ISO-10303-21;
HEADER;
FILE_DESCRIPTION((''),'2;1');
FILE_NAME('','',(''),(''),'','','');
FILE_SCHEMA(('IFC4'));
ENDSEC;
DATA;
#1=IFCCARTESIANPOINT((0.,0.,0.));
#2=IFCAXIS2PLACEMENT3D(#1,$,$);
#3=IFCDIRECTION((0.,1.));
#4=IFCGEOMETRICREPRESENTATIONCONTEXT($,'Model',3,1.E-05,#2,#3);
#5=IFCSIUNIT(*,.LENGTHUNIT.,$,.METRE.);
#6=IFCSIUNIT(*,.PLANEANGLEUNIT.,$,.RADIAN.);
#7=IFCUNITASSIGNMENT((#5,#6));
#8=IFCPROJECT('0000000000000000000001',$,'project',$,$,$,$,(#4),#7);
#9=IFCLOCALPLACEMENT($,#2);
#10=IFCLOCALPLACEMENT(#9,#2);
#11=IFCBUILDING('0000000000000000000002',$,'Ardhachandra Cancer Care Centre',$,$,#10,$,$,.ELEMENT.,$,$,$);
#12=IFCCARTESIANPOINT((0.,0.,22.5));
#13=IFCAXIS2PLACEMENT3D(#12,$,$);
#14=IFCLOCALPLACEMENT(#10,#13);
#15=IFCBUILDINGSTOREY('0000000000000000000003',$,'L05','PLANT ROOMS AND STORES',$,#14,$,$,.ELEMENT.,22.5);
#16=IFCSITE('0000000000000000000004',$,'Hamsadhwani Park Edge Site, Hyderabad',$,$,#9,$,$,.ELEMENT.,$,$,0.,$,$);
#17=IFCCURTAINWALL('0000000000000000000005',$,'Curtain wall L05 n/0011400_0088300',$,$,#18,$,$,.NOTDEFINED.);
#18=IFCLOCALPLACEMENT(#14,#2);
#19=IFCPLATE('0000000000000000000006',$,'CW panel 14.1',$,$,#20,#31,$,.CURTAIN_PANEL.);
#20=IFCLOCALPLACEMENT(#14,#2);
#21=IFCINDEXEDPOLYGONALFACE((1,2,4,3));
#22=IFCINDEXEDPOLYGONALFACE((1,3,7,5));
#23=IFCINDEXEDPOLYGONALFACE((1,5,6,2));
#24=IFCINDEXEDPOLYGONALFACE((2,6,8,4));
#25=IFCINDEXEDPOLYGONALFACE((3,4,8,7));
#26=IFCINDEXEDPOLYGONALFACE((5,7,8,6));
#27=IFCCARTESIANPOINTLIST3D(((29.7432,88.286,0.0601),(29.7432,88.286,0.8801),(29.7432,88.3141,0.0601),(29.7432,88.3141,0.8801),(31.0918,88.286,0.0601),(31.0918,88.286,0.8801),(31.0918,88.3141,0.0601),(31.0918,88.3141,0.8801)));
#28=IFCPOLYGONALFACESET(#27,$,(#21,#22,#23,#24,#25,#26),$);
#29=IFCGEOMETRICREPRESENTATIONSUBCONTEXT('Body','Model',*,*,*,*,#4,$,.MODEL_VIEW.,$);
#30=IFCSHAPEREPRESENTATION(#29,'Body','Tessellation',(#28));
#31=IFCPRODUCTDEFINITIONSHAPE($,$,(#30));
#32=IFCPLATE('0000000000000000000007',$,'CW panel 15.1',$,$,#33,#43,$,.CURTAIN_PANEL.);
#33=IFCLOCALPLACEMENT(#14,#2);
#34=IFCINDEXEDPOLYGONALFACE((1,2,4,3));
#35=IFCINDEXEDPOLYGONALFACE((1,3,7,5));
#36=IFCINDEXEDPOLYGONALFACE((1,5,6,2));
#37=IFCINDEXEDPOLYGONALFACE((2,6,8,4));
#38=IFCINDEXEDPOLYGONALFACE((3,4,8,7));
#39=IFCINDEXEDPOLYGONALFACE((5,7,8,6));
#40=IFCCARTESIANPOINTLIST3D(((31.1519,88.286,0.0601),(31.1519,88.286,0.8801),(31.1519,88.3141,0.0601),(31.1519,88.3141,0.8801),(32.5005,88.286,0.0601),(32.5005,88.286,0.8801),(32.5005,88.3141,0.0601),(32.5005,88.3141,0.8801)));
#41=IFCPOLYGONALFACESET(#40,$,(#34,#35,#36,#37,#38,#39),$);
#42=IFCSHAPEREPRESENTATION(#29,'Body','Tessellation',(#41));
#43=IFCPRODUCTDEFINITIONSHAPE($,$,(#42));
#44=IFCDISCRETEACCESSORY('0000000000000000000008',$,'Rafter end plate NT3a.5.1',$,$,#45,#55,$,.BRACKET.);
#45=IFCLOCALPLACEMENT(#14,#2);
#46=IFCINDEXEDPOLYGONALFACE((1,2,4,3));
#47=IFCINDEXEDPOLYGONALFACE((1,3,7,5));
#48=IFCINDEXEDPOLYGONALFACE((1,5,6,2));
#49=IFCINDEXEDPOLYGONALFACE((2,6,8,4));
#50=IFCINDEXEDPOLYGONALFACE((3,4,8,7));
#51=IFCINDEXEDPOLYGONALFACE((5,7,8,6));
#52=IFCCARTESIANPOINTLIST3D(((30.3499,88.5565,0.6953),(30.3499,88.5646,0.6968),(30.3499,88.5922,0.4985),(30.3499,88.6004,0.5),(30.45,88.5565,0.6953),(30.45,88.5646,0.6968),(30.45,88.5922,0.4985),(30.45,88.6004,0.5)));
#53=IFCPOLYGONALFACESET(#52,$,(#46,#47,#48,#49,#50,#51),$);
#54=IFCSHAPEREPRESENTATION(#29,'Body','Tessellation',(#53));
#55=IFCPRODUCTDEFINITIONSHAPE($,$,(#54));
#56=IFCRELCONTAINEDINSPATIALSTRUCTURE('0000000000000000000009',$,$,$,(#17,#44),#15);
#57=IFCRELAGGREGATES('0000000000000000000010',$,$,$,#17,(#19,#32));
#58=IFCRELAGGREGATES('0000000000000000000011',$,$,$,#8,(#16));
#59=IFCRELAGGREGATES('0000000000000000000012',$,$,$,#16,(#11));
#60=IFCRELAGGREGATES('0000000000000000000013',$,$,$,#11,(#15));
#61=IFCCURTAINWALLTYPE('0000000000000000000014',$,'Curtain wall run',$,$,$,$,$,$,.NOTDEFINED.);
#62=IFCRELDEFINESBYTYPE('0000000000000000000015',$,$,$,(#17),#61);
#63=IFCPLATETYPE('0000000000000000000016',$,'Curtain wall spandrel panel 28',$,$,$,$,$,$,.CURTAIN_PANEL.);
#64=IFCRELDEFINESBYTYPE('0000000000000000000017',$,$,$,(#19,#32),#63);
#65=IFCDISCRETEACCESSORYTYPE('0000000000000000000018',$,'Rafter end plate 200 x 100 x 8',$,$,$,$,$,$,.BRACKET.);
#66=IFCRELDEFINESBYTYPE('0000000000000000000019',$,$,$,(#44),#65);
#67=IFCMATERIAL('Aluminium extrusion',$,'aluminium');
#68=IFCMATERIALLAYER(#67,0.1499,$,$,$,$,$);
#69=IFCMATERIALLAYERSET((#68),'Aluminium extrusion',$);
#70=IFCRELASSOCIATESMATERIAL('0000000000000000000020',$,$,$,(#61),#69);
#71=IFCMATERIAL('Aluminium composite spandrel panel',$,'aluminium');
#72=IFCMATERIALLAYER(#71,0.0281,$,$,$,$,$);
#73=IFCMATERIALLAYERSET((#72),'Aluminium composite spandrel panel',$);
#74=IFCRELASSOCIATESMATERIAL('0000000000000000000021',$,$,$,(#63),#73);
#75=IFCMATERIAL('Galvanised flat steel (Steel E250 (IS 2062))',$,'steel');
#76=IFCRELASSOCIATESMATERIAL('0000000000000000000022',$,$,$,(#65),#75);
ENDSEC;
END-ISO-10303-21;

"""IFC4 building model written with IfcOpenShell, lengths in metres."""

from ifc_helpers import new_model, si_unit, direction, frame, origin, origin_2d, place, context, subcontext, project, spatial, rectangle, extrude, material, layer, layer_set, material_profile, profile_set, type_object, element, aggregate, save


model = new_model("IFC4")

# Units and contexts
model_context = context("Model", 3, precision=1e-05, world=origin(), true_north=direction((0.0, 1.0)))
body_context = subcontext(model_context, "Body", "Model", "MODEL_VIEW")
ifc_project = project(units=[si_unit("LENGTHUNIT", "METRE"), si_unit("PLANEANGLEUNIT", "RADIAN")], contexts=[model_context])

# Site, building, storey
site_placement = place(None, origin())
site = spatial("IfcSite", under=ifc_project, at=site_placement, Name="Hamsadhwani Park Edge Site, Hyderabad", CompositionType="ELEMENT", RefElevation=0.0)
building_placement = place(site_placement, origin())
building = spatial("IfcBuilding", under=site, at=building_placement, Name="Ardhachandra Cancer Care Centre", CompositionType="ELEMENT")
storey_placement = place(building_placement, frame((0.0, 0.0, 22.5)))
storey = spatial("IfcBuildingStorey", under=building, at=storey_placement, Name="L05", Description="PLANT ROOMS AND STORES", CompositionType="ELEMENT", Elevation=22.5)

# Curtain wall
ifc_material_1 = material(Name="Aluminium extrusion", Category="aluminium")
ifc_layer_1 = layer(ifc_material_1, 0.1499)
ifc_layer_set_1 = layer_set([ifc_layer_1], Name="Aluminium extrusion")
curtain_wall_type = type_object("IfcCurtainWallType", Name="Curtain wall run", PredefinedType="NOTDEFINED", material=ifc_layer_set_1)
curtain_wall_placement = place(storey_placement, origin())
curtain_wall = element("IfcCurtainWall", 1, at=curtain_wall_placement, inside=storey, type_object=curtain_wall_type, Name="Curtain wall L05 n/0011400_0088300", PredefinedType="NOTDEFINED")

# Plates
ifc_material_2 = material(Name="Aluminium composite spandrel panel", Category="aluminium")
ifc_layer_2 = layer(ifc_material_2, 0.0281)
ifc_layer_set_2 = layer_set([ifc_layer_2], Name="Aluminium composite spandrel panel")
plate_type_1 = type_object("IfcPlateType", Name="Curtain wall spandrel panel 28", PredefinedType="CURTAIN_PANEL", material=ifc_layer_set_2)
plate_1_placement = place(storey_placement, frame((30.4175, 88.3, 0.0601), z_axis=(0.0, 0.0, 1.0), x_axis=(1.0, 0.0, 0.0)))
plate_1 = element("IfcPlate", 2, at=plate_1_placement, type_object=plate_type_1, Name="CW panel 14.1", PredefinedType="CURTAIN_PANEL", context=body_context, shape_type="SweptSolid", body=[
    extrude(rectangle(XDim=1.3486, YDim=0.0281, at=origin_2d()), origin(), (0.0, 0.0, 1.0), 0.8201),
])
plate_2_placement = place(storey_placement, frame((31.8262, 88.3, 0.0601), z_axis=(0.0, 0.0, 1.0), x_axis=(1.0, 0.0, 0.0)))
plate_2 = element("IfcPlate", 3, at=plate_2_placement, type_object=plate_type_1, Name="CW panel 15.1", PredefinedType="CURTAIN_PANEL", context=body_context, shape_type="SweptSolid", body=[
    extrude(rectangle(XDim=1.3486, YDim=0.0281, at=origin_2d()), origin(), (0.0, 0.0, 1.0), 0.8201),
])
aggregate(curtain_wall, [plate_1, plate_2])

# Discrete accessory
ifc_material_3 = material(Name="Galvanised flat steel (Steel E250 (IS 2062))", Category="steel")
ifc_material_profile_1 = material_profile(ifc_material_3, rectangle(XDim=0.1001, YDim=0.2, at=origin_2d()), Name="Rafter end plate 200 x 100 x 8")
ifc_profile_set_1 = profile_set([ifc_material_profile_1], Name="Galvanised flat steel (Steel E250 (IS 2062))")
discrete_accessory_type = type_object("IfcDiscreteAccessoryType", Name="Rafter end plate 200 x 100 x 8", PredefinedType="BRACKET", material=ifc_profile_set_1)
discrete_accessory_placement = place(storey_placement, frame((30.3999, 88.5825, 0.5984), z_axis=(0.0, -0.98387, -0.178885), x_axis=(1.0, 0.0, 0.0)))
element("IfcDiscreteAccessory", 4, at=discrete_accessory_placement, inside=storey, type_object=discrete_accessory_type, Name="Rafter end plate NT3a.5.1", PredefinedType="BRACKET", context=body_context, shape_type="SweptSolid", body=[
    extrude(rectangle(XDim=0.1001, YDim=0.2, at=origin_2d()), origin(), (0.0, 0.0, 1.0), 0.0083),
])

save(model, "model.ifc")
